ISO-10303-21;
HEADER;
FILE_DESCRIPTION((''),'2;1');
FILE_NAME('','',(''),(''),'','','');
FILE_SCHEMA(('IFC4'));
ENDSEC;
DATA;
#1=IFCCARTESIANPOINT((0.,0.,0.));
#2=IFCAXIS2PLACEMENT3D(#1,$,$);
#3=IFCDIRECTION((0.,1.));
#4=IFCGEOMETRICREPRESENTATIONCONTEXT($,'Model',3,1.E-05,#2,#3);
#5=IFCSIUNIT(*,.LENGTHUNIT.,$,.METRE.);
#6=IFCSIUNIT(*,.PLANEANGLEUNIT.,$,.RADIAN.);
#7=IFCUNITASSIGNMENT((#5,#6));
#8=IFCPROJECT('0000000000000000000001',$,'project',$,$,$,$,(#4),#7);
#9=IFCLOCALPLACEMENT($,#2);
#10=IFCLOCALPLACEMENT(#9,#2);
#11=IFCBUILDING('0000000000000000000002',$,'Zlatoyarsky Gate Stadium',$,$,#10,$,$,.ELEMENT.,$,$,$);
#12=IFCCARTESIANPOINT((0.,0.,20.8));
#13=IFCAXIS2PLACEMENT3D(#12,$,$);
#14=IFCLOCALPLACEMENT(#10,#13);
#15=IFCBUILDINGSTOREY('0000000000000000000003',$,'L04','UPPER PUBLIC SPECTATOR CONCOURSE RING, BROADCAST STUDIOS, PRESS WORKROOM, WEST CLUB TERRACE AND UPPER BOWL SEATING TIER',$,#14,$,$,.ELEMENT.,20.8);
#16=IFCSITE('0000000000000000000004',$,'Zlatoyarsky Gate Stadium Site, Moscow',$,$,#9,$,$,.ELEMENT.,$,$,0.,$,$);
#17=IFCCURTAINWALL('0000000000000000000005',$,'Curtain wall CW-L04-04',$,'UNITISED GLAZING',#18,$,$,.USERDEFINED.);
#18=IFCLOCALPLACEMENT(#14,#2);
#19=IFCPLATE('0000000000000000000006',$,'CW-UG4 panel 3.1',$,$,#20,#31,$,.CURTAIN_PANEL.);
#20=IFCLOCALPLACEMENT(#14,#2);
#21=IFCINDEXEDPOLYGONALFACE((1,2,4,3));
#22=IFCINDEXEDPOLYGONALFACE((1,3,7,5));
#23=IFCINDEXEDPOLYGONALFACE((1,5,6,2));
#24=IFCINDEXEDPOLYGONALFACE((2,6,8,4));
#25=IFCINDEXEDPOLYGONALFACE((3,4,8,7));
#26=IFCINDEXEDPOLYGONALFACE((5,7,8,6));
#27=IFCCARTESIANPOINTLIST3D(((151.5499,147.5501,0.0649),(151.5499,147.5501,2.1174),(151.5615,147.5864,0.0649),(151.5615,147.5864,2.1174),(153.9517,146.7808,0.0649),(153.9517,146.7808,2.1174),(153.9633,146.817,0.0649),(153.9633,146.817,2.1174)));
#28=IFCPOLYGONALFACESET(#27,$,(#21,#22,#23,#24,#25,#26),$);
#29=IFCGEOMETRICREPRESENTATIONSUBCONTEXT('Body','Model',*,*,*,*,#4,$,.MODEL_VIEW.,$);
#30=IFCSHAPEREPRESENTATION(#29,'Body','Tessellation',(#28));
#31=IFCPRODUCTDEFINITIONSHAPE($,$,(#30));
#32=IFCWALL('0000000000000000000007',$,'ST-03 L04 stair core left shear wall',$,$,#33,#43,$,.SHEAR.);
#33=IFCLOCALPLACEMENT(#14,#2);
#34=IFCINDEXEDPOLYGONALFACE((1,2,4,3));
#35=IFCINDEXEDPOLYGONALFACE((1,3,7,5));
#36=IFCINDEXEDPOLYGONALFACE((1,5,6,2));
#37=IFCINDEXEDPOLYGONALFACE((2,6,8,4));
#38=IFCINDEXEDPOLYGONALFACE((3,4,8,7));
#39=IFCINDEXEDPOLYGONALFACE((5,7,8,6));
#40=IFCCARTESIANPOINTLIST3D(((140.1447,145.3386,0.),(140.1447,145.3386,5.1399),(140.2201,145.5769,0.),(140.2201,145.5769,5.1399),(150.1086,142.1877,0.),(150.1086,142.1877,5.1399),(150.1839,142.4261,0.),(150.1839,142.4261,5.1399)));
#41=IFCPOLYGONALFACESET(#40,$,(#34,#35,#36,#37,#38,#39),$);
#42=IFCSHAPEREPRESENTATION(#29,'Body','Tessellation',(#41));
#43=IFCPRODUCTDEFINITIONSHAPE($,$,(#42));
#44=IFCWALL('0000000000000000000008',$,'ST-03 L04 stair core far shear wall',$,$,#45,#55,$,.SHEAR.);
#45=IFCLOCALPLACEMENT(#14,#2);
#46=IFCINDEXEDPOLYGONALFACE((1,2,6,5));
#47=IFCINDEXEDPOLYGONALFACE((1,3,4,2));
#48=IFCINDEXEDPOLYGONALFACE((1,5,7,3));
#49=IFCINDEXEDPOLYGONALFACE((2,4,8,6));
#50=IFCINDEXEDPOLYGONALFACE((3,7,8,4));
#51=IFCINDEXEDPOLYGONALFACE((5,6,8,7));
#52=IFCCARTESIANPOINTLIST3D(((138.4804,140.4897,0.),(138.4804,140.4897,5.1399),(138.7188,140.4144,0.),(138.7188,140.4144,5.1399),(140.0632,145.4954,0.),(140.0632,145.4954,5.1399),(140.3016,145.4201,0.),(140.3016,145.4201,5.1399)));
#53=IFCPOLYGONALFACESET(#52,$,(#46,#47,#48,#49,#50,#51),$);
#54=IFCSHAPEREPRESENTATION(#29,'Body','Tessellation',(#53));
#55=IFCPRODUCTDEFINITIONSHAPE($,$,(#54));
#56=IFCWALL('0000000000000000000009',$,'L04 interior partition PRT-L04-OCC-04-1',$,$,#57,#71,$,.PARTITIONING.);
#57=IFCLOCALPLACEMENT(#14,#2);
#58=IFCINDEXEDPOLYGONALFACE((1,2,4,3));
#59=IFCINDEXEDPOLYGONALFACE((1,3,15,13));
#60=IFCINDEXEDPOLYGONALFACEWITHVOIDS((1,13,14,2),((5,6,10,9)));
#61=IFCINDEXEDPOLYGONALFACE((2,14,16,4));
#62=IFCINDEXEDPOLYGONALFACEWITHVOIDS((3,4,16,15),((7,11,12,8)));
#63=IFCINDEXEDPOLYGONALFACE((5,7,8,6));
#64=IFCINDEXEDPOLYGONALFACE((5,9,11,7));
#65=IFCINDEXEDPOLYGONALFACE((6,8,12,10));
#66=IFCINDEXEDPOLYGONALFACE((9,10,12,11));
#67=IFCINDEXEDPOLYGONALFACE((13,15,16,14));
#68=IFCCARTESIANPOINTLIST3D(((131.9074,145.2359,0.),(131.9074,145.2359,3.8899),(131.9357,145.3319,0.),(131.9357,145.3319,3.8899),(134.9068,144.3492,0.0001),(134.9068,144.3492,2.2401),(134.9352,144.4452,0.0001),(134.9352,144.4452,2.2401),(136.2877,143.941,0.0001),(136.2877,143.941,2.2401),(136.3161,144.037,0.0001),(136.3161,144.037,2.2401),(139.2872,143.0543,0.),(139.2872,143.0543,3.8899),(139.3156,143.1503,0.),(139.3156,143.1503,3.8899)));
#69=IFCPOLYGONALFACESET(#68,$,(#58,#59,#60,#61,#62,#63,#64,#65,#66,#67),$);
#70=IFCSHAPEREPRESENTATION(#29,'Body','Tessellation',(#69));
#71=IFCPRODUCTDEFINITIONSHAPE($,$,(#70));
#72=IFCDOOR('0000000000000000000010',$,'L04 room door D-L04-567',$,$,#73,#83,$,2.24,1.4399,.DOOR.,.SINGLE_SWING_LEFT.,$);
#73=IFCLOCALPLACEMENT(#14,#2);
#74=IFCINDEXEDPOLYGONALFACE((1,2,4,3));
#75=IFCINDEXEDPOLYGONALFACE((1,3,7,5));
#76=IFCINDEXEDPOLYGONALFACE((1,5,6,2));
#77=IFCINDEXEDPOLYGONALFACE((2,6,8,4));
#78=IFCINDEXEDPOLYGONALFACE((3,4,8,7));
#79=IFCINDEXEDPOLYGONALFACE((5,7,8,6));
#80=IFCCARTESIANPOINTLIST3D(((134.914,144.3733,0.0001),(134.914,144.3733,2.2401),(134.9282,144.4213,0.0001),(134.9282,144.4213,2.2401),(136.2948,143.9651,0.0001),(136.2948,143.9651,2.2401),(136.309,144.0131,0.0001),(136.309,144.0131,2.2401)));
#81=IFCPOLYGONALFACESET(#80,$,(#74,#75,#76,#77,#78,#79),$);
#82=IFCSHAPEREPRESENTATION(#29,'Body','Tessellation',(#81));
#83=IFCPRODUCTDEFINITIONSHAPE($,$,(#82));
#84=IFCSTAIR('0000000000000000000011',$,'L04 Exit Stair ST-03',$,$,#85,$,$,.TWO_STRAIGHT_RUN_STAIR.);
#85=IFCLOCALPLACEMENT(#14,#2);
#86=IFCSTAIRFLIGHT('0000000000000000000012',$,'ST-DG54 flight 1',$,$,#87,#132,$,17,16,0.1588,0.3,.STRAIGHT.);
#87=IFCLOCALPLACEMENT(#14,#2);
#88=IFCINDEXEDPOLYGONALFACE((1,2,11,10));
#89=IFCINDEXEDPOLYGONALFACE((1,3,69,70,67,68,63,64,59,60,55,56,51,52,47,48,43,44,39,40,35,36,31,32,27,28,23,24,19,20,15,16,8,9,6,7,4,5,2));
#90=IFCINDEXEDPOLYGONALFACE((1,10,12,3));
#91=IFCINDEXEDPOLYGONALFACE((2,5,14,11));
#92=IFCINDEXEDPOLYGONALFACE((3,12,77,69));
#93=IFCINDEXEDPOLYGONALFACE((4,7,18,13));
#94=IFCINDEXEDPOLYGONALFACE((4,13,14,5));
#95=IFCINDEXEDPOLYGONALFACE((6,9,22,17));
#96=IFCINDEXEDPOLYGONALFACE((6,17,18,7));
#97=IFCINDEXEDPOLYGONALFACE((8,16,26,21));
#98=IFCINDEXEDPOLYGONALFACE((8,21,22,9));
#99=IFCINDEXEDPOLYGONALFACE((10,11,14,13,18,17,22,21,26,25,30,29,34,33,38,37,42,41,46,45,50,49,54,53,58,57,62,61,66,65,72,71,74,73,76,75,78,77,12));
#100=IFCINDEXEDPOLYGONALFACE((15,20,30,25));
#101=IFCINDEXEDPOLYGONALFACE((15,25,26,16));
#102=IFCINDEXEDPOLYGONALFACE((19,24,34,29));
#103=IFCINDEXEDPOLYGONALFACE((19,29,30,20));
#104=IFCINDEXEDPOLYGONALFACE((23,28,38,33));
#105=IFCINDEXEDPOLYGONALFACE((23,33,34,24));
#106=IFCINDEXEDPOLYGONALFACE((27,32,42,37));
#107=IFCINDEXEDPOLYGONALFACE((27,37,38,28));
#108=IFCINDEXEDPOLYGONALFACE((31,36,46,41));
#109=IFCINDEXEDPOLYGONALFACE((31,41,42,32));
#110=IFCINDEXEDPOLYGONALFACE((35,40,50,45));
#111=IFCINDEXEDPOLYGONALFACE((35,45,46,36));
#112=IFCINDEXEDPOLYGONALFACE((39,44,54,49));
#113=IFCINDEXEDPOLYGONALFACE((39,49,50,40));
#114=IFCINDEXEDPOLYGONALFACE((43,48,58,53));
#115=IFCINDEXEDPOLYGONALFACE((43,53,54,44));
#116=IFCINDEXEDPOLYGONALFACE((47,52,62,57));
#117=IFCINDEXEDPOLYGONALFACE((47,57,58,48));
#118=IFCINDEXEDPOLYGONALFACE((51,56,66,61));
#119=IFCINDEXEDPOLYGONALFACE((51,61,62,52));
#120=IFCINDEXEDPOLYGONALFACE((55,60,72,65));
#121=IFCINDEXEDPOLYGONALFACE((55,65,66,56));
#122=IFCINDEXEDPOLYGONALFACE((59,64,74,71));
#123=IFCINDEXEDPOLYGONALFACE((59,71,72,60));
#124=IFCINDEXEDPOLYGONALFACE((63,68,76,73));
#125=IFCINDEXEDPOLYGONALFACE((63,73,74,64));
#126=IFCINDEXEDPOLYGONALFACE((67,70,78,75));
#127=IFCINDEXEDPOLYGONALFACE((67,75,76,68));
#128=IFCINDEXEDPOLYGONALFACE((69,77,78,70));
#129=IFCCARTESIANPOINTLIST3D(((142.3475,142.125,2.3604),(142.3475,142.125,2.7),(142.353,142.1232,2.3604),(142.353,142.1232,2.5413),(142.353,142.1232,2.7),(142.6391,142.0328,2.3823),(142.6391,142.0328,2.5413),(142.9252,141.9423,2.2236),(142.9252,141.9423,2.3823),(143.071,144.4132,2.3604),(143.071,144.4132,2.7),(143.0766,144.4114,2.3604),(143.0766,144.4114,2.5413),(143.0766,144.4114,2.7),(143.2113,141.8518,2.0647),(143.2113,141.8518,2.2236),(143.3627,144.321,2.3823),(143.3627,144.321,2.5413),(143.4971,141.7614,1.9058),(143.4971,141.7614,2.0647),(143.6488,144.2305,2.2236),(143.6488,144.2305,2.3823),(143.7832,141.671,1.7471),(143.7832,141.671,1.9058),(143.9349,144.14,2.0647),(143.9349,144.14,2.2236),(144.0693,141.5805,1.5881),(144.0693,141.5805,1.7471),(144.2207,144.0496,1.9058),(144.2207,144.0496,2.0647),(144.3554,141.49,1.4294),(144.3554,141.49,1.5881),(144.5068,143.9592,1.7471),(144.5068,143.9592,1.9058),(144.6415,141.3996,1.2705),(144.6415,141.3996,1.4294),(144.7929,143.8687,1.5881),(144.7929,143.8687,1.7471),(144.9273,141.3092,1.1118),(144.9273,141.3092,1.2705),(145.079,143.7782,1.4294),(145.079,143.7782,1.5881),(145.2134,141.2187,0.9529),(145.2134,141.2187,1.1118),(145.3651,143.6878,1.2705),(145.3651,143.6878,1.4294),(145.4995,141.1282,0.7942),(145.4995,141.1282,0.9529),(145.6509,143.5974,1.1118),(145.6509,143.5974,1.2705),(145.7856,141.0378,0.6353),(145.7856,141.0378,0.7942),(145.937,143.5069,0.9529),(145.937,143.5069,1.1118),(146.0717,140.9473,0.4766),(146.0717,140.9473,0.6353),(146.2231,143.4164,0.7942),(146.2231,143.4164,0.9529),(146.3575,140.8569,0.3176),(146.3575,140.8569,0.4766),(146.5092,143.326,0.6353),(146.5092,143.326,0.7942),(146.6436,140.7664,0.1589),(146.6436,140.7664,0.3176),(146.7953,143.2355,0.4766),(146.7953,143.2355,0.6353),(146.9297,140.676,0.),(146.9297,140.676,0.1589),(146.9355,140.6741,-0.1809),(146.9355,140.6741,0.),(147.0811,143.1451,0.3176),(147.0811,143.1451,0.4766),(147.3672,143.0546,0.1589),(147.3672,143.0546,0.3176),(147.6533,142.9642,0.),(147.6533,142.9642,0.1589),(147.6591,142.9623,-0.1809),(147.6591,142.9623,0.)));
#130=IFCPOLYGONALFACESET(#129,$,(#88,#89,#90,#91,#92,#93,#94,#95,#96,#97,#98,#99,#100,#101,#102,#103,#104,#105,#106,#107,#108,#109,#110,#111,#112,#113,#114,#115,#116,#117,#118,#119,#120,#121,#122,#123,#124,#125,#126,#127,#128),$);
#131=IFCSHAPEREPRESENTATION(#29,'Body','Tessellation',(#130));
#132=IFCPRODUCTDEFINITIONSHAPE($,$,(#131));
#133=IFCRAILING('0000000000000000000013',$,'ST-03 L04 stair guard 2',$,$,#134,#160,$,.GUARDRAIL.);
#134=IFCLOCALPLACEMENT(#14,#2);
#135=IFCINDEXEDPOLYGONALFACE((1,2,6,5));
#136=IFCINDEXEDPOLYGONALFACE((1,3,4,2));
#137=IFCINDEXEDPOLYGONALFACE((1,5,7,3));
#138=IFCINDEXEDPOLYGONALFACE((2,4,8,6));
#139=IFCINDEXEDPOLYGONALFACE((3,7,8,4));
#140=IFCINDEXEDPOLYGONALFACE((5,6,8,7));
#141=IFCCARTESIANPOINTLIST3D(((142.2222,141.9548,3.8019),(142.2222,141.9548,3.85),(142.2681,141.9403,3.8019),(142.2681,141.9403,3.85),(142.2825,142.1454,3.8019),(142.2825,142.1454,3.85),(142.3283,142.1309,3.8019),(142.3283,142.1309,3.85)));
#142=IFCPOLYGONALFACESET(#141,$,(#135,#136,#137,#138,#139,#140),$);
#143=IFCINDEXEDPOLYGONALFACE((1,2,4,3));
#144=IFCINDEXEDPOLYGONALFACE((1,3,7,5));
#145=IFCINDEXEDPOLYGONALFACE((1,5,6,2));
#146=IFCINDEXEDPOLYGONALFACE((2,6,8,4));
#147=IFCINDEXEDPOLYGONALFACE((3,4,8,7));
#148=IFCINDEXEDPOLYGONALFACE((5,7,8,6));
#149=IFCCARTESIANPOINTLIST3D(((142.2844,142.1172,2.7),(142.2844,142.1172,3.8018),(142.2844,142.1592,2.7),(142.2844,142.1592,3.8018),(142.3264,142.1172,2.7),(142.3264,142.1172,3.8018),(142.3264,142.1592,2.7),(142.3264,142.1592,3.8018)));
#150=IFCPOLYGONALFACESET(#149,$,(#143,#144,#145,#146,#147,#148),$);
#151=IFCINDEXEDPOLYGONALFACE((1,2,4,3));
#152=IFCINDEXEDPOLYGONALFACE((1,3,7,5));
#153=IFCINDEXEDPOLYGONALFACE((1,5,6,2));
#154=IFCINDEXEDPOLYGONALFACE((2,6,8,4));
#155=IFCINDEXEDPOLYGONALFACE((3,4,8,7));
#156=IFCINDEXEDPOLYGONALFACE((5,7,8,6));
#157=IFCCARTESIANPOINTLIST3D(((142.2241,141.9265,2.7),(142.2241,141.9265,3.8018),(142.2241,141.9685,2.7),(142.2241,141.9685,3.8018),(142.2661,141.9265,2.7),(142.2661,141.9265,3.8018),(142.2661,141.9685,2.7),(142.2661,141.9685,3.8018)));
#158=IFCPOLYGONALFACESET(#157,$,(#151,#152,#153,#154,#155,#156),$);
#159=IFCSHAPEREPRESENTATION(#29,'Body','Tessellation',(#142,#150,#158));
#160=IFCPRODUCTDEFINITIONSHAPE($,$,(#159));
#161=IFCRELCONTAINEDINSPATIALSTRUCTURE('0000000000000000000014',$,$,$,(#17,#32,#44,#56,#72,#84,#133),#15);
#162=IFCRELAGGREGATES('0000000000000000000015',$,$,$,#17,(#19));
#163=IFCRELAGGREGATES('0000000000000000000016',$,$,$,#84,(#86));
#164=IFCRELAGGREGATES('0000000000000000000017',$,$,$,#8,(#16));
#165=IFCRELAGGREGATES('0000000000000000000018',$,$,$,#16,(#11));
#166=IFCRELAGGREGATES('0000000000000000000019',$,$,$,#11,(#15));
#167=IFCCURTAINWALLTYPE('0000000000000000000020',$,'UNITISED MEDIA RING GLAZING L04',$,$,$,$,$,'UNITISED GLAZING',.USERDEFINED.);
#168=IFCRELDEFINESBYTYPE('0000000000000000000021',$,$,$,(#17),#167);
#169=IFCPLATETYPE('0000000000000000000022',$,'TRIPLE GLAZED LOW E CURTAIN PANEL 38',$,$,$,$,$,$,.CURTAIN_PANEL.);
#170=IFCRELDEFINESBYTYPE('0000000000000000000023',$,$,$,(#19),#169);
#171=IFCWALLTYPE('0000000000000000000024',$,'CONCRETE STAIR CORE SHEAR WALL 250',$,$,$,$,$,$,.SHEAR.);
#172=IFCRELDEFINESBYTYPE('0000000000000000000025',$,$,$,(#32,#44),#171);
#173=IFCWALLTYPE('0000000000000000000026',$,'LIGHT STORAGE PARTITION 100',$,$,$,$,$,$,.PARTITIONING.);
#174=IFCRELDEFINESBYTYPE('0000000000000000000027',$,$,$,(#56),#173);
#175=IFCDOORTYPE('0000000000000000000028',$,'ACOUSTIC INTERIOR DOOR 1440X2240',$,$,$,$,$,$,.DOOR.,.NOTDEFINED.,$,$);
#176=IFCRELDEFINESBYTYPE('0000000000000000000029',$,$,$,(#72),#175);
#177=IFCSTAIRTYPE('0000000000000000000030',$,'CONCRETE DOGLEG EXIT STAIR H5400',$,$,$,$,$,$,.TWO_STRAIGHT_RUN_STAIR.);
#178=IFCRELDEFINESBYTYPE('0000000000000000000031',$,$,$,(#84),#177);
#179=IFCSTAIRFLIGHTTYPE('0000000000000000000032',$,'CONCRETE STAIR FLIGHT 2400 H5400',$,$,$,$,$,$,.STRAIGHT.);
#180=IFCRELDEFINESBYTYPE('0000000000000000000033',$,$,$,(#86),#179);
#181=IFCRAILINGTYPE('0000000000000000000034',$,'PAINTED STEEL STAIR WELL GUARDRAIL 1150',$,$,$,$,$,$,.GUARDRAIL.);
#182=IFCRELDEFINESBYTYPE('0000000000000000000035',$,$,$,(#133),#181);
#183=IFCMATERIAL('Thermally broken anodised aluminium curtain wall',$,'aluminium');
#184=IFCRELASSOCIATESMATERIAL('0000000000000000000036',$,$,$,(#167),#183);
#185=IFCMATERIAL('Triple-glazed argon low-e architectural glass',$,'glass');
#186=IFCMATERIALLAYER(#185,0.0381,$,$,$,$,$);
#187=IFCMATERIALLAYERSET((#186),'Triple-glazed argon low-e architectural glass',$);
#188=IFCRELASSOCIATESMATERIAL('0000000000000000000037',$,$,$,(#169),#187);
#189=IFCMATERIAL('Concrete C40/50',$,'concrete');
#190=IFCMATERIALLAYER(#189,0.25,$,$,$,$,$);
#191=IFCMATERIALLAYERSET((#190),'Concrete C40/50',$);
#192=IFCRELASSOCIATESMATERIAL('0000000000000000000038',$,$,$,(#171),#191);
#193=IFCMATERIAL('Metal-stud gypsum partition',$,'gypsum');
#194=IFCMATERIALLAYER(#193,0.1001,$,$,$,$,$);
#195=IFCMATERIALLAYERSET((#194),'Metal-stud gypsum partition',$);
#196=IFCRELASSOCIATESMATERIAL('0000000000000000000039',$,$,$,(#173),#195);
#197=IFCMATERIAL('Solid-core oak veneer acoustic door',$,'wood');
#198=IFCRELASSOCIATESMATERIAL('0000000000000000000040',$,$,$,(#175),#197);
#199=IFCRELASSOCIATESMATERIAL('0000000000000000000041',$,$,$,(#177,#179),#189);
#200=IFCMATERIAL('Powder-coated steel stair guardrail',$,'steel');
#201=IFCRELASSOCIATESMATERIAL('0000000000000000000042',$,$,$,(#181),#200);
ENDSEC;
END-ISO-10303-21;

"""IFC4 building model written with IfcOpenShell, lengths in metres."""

from ifc_helpers import new_model, si_unit, direction, frame, frame_2d, origin, origin_2d, place, context, subcontext, project, spatial, polyline, rectangle, outline, extrude, material, layer, layer_set, type_object, element, fill, aggregate, save


model = new_model("IFC4")

# Units and contexts
model_context = context("Model", 3, precision=1e-05, world=origin(), true_north=direction((0.0, 1.0)))
body_context = subcontext(model_context, "Body", "Model", "MODEL_VIEW")
ifc_project = project(units=[si_unit("LENGTHUNIT", "METRE"), si_unit("PLANEANGLEUNIT", "RADIAN")], contexts=[model_context])

# Site, building, storey
site_placement = place(None, origin())
site = spatial("IfcSite", under=ifc_project, at=site_placement, Name="Zlatoyarsky Gate Stadium Site, Moscow", CompositionType="ELEMENT", RefElevation=0.0)
building_placement = place(site_placement, origin())
building = spatial("IfcBuilding", under=site, at=building_placement, Name="Zlatoyarsky Gate Stadium", CompositionType="ELEMENT")
storey_placement = place(building_placement, frame((0.0, 0.0, 20.8)))
storey = spatial("IfcBuildingStorey", under=building, at=storey_placement, Name="L04", Description="UPPER PUBLIC SPECTATOR CONCOURSE RING, BROADCAST STUDIOS, PRESS WORKROOM, WEST CLUB TERRACE AND UPPER BOWL SEATING TIER", CompositionType="ELEMENT", Elevation=20.8)

# Curtain wall
ifc_material_1 = material(Name="Thermally broken anodised aluminium curtain wall", Category="aluminium")
curtain_wall_type = type_object("IfcCurtainWallType", Name="UNITISED MEDIA RING GLAZING L04", ElementType="UNITISED GLAZING", PredefinedType="USERDEFINED", material=ifc_material_1)
curtain_wall_placement = place(storey_placement, origin())
curtain_wall = element("IfcCurtainWall", 1, at=curtain_wall_placement, inside=storey, type_object=curtain_wall_type, Name="Curtain wall CW-L04-04", ObjectType="UNITISED GLAZING", PredefinedType="USERDEFINED")

# Plate
ifc_material_2 = material(Name="Triple-glazed argon low-e architectural glass", Category="glass")
ifc_layer_1 = layer(ifc_material_2, 0.0381)
ifc_layer_set_1 = layer_set([ifc_layer_1], Name="Triple-glazed argon low-e architectural glass")
plate_type = type_object("IfcPlateType", Name="TRIPLE GLAZED LOW E CURTAIN PANEL 38", PredefinedType="CURTAIN_PANEL", material=ifc_layer_set_1)
plate_1_placement = place(storey_placement, frame((152.7566, 147.1836, 0.0649), z_axis=(0.0, 0.0, 1.0), x_axis=(-0.952331, 0.305066, 0.0)))
plate_1 = element("IfcPlate", 2, at=plate_1_placement, type_object=plate_type, Name="CW-UG4 panel 3.1", PredefinedType="CURTAIN_PANEL", context=body_context, shape_type="SweptSolid", body=[
    extrude(rectangle(XDim=2.522, YDim=0.0381, at=origin_2d()), origin(), (0.0, 0.0, 1.0), 2.0525),
])
aggregate(curtain_wall, [plate_1])

# Walls
ifc_material_3 = material(Name="Concrete C40/50", Category="concrete")
ifc_layer_2 = layer(ifc_material_3, 0.25)
ifc_layer_set_2 = layer_set([ifc_layer_2], Name="Concrete C40/50")
wall_type_1 = type_object("IfcWallType", Name="CONCRETE STAIR CORE SHEAR WALL 250", PredefinedType="SHEAR", material=ifc_layer_set_2)
wall_1_placement = place(storey_placement, frame((150.1462, 142.3069, 0.0), z_axis=(0.0, 0.0, 1.0), x_axis=(-0.953462, 0.301514, 0.0)))
element("IfcWall", 3, at=wall_1_placement, inside=storey, type_object=wall_type_1, Name="ST-03 L04 stair core left shear wall", PredefinedType="SHEAR", context=body_context, shape_type="SweptSolid", body=[
    extrude(rectangle(XDim=10.4502, YDim=0.25, at=frame_2d((5.2251, 0.0))), origin(), (0.0, 0.0, 1.0), 5.1399),
])
wall_2_placement = place(storey_placement, frame((140.1824, 145.4578, 0.0), z_axis=(0.0, 0.0, 1.0), x_axis=(-0.301485, -0.953471, 0.0)))
element("IfcWall", 4, at=wall_2_placement, inside=storey, type_object=wall_type_1, Name="ST-03 L04 stair core far shear wall", PredefinedType="SHEAR", context=body_context, shape_type="SweptSolid", body=[
    extrude(rectangle(XDim=5.25, YDim=0.25, at=frame_2d((2.625, 0.0))), origin(), (0.0, 0.0, 1.0), 5.1399),
])

# Wall, opening, door
ifc_material_4 = material(Name="Metal-stud gypsum partition", Category="gypsum")
ifc_layer_3 = layer(ifc_material_4, 0.1001)
ifc_layer_set_3 = layer_set([ifc_layer_3], Name="Metal-stud gypsum partition")
wall_type_2 = type_object("IfcWallType", Name="LIGHT STORAGE PARTITION 100", PredefinedType="PARTITIONING", material=ifc_layer_set_3)
wall_3_placement = place(storey_placement, frame((139.3013, 143.1023, 0.0), z_axis=(0.0, 0.0, 1.0), x_axis=(-0.958975, 0.283492, 0.0)))
wall_3 = element("IfcWall", 5, at=wall_3_placement, inside=storey, type_object=wall_type_2, Name="L04 interior partition PRT-L04-OCC-04-1", PredefinedType="PARTITIONING", context=body_context, shape_type="SweptSolid", body=[
    extrude(rectangle(XDim=7.6956, YDim=0.1001, at=frame_2d((3.8477, 0.0))), origin(), (0.0, 0.0, 1.0), 3.8899),
])
opening_placement = place(wall_3_placement, frame((3.1277, 0.0, 0.0)))
opening = element("IfcOpeningElement", 6, at=opening_placement, cuts=wall_3, PredefinedType="OPENING", context=body_context, shape_type="SweptSolid", body=[
    extrude(rectangle(XDim=1.4399, YDim=2.24, at=frame_2d((0.72, 1.1201))), frame((0.0, 0.0601, 0.0), z_axis=(0.0, -1.0, 0.0), x_axis=(1.0, 0.0, 0.0)), (0.0, 0.0, 1.0), 0.1201),
])
ifc_material_5 = material(Name="Solid-core oak veneer acoustic door", Category="wood")
door_type = type_object("IfcDoorType", Name="ACOUSTIC INTERIOR DOOR 1440X2240", OperationType="NOTDEFINED", PredefinedType="DOOR", material=ifc_material_5)
door_placement = place(opening_placement, origin())
door = element("IfcDoor", 7, at=door_placement, inside=storey, type_object=door_type, Name="L04 room door D-L04-567", OperationType="SINGLE_SWING_LEFT", OverallHeight=2.24, OverallWidth=1.4399, PredefinedType="DOOR", context=body_context, shape_type="SweptSolid", body=[
    extrude(rectangle(XDim=1.4399, YDim=2.24, at=frame_2d((0.72, 1.1201))), frame((0.0, 0.0249, 0.0), z_axis=(0.0, -1.0, 0.0), x_axis=(1.0, 0.0, 0.0)), (0.0, 0.0, 1.0), 0.05),
])
fill(opening, door)

# Stair, stair flight
stair_type = type_object("IfcStairType", Name="CONCRETE DOGLEG EXIT STAIR H5400", PredefinedType="TWO_STRAIGHT_RUN_STAIR", material=ifc_material_3)
stair_placement = place(storey_placement, origin())
stair = element("IfcStair", 8, at=stair_placement, inside=storey, type_object=stair_type, Name="L04 Exit Stair ST-03", PredefinedType="TWO_STRAIGHT_RUN_STAIR")
stair_flight_type = type_object("IfcStairFlightType", Name="CONCRETE STAIR FLIGHT 2400 H5400", PredefinedType="STRAIGHT", material=ifc_material_3)
stair_flight_placement = place(storey_placement, frame((147.2915, 141.8201, 0.0), z_axis=(0.0, 0.0, 1.0), x_axis=(-0.953463, 0.30151, 0.0)))
stair_flight = element("IfcStairFlight", 9, at=stair_flight_placement, type_object=stair_flight_type, Name="ST-DG54 flight 1", NumberOfRisers=17, NumberOfTreads=16, PredefinedType="STRAIGHT", RiserHeight=0.1588, TreadLength=0.3, context=body_context, shape_type="SweptSolid", body=[
    extrude(outline(polyline([(-0.0061, -0.1809), (-0.0061, 0.0), (0.0, 0.0), (0.0, 0.1589), (0.3, 0.1589), (0.3, 0.3176), (0.6001, 0.3176), (0.6001, 0.4766), (0.8999, 0.4766), (0.8999, 0.6353), (1.2, 0.6353), (1.2, 0.7942), (1.5, 0.7942), (1.5, 0.9529), (1.8, 0.9529), (1.8, 1.1118), (2.1001, 1.1118), (2.1001, 1.2705), (2.3999, 1.2705), (2.3999, 1.4294), (2.7, 1.4294), (2.7, 1.5881), (3.0, 1.5881), (3.0, 1.7471), (3.3, 1.7471), (3.3, 1.9058), (3.6001, 1.9058), (3.6001, 2.0647), (3.8999, 2.0647), (3.8999, 2.2236), (4.2, 2.2236), (4.2, 2.3823), (4.5, 2.3823), (4.5, 2.5413), (4.8, 2.5413), (4.8, 2.7), (4.8059, 2.7), (4.8059, 2.3604), (4.8, 2.3604), (-0.0061, -0.1809)])), frame((0.0, 1.2, 0.0), z_axis=(0.0, -1.0, 0.0), x_axis=(1.0, 0.0, 0.0)), (0.0, 0.0, 1.0), 2.3999),
])
aggregate(stair, [stair_flight])

# Railing
ifc_material_6 = material(Name="Powder-coated steel stair guardrail", Category="steel")
railing_type_1 = type_object("IfcRailingType", Name="PAINTED STEEL STAIR WELL GUARDRAIL 1150", PredefinedType="GUARDRAIL", material=ifc_material_6)
railing_1_placement = place(storey_placement, frame((142.3054, 142.1382, 2.7)))
element("IfcRailing", 10, at=railing_1_placement, inside=storey, type_object=railing_type_1, Name="ST-03 L04 stair guard 2", PredefinedType="GUARDRAIL", context=body_context, shape_type="SweptSolid", body=[
    extrude(rectangle(XDim=0.0481, YDim=0.0481, at=origin_2d()), frame((0.0, 0.0, 1.126), z_axis=(-0.30154, -0.953453, 0.0), x_axis=(0.953453, -0.30154, 0.0)), (0.0, 0.0, 1.0), 0.2),
    extrude(rectangle(XDim=0.042, YDim=0.042, at=origin_2d()), origin(), (0.0, 0.0, 1.0), 1.1018),
    extrude(rectangle(XDim=0.042, YDim=0.042, at=origin_2d()), frame((-0.0603, -0.1907, 0.0)), (0.0, 0.0, 1.0), 1.1018),
])

save(model, "model.ifc")
